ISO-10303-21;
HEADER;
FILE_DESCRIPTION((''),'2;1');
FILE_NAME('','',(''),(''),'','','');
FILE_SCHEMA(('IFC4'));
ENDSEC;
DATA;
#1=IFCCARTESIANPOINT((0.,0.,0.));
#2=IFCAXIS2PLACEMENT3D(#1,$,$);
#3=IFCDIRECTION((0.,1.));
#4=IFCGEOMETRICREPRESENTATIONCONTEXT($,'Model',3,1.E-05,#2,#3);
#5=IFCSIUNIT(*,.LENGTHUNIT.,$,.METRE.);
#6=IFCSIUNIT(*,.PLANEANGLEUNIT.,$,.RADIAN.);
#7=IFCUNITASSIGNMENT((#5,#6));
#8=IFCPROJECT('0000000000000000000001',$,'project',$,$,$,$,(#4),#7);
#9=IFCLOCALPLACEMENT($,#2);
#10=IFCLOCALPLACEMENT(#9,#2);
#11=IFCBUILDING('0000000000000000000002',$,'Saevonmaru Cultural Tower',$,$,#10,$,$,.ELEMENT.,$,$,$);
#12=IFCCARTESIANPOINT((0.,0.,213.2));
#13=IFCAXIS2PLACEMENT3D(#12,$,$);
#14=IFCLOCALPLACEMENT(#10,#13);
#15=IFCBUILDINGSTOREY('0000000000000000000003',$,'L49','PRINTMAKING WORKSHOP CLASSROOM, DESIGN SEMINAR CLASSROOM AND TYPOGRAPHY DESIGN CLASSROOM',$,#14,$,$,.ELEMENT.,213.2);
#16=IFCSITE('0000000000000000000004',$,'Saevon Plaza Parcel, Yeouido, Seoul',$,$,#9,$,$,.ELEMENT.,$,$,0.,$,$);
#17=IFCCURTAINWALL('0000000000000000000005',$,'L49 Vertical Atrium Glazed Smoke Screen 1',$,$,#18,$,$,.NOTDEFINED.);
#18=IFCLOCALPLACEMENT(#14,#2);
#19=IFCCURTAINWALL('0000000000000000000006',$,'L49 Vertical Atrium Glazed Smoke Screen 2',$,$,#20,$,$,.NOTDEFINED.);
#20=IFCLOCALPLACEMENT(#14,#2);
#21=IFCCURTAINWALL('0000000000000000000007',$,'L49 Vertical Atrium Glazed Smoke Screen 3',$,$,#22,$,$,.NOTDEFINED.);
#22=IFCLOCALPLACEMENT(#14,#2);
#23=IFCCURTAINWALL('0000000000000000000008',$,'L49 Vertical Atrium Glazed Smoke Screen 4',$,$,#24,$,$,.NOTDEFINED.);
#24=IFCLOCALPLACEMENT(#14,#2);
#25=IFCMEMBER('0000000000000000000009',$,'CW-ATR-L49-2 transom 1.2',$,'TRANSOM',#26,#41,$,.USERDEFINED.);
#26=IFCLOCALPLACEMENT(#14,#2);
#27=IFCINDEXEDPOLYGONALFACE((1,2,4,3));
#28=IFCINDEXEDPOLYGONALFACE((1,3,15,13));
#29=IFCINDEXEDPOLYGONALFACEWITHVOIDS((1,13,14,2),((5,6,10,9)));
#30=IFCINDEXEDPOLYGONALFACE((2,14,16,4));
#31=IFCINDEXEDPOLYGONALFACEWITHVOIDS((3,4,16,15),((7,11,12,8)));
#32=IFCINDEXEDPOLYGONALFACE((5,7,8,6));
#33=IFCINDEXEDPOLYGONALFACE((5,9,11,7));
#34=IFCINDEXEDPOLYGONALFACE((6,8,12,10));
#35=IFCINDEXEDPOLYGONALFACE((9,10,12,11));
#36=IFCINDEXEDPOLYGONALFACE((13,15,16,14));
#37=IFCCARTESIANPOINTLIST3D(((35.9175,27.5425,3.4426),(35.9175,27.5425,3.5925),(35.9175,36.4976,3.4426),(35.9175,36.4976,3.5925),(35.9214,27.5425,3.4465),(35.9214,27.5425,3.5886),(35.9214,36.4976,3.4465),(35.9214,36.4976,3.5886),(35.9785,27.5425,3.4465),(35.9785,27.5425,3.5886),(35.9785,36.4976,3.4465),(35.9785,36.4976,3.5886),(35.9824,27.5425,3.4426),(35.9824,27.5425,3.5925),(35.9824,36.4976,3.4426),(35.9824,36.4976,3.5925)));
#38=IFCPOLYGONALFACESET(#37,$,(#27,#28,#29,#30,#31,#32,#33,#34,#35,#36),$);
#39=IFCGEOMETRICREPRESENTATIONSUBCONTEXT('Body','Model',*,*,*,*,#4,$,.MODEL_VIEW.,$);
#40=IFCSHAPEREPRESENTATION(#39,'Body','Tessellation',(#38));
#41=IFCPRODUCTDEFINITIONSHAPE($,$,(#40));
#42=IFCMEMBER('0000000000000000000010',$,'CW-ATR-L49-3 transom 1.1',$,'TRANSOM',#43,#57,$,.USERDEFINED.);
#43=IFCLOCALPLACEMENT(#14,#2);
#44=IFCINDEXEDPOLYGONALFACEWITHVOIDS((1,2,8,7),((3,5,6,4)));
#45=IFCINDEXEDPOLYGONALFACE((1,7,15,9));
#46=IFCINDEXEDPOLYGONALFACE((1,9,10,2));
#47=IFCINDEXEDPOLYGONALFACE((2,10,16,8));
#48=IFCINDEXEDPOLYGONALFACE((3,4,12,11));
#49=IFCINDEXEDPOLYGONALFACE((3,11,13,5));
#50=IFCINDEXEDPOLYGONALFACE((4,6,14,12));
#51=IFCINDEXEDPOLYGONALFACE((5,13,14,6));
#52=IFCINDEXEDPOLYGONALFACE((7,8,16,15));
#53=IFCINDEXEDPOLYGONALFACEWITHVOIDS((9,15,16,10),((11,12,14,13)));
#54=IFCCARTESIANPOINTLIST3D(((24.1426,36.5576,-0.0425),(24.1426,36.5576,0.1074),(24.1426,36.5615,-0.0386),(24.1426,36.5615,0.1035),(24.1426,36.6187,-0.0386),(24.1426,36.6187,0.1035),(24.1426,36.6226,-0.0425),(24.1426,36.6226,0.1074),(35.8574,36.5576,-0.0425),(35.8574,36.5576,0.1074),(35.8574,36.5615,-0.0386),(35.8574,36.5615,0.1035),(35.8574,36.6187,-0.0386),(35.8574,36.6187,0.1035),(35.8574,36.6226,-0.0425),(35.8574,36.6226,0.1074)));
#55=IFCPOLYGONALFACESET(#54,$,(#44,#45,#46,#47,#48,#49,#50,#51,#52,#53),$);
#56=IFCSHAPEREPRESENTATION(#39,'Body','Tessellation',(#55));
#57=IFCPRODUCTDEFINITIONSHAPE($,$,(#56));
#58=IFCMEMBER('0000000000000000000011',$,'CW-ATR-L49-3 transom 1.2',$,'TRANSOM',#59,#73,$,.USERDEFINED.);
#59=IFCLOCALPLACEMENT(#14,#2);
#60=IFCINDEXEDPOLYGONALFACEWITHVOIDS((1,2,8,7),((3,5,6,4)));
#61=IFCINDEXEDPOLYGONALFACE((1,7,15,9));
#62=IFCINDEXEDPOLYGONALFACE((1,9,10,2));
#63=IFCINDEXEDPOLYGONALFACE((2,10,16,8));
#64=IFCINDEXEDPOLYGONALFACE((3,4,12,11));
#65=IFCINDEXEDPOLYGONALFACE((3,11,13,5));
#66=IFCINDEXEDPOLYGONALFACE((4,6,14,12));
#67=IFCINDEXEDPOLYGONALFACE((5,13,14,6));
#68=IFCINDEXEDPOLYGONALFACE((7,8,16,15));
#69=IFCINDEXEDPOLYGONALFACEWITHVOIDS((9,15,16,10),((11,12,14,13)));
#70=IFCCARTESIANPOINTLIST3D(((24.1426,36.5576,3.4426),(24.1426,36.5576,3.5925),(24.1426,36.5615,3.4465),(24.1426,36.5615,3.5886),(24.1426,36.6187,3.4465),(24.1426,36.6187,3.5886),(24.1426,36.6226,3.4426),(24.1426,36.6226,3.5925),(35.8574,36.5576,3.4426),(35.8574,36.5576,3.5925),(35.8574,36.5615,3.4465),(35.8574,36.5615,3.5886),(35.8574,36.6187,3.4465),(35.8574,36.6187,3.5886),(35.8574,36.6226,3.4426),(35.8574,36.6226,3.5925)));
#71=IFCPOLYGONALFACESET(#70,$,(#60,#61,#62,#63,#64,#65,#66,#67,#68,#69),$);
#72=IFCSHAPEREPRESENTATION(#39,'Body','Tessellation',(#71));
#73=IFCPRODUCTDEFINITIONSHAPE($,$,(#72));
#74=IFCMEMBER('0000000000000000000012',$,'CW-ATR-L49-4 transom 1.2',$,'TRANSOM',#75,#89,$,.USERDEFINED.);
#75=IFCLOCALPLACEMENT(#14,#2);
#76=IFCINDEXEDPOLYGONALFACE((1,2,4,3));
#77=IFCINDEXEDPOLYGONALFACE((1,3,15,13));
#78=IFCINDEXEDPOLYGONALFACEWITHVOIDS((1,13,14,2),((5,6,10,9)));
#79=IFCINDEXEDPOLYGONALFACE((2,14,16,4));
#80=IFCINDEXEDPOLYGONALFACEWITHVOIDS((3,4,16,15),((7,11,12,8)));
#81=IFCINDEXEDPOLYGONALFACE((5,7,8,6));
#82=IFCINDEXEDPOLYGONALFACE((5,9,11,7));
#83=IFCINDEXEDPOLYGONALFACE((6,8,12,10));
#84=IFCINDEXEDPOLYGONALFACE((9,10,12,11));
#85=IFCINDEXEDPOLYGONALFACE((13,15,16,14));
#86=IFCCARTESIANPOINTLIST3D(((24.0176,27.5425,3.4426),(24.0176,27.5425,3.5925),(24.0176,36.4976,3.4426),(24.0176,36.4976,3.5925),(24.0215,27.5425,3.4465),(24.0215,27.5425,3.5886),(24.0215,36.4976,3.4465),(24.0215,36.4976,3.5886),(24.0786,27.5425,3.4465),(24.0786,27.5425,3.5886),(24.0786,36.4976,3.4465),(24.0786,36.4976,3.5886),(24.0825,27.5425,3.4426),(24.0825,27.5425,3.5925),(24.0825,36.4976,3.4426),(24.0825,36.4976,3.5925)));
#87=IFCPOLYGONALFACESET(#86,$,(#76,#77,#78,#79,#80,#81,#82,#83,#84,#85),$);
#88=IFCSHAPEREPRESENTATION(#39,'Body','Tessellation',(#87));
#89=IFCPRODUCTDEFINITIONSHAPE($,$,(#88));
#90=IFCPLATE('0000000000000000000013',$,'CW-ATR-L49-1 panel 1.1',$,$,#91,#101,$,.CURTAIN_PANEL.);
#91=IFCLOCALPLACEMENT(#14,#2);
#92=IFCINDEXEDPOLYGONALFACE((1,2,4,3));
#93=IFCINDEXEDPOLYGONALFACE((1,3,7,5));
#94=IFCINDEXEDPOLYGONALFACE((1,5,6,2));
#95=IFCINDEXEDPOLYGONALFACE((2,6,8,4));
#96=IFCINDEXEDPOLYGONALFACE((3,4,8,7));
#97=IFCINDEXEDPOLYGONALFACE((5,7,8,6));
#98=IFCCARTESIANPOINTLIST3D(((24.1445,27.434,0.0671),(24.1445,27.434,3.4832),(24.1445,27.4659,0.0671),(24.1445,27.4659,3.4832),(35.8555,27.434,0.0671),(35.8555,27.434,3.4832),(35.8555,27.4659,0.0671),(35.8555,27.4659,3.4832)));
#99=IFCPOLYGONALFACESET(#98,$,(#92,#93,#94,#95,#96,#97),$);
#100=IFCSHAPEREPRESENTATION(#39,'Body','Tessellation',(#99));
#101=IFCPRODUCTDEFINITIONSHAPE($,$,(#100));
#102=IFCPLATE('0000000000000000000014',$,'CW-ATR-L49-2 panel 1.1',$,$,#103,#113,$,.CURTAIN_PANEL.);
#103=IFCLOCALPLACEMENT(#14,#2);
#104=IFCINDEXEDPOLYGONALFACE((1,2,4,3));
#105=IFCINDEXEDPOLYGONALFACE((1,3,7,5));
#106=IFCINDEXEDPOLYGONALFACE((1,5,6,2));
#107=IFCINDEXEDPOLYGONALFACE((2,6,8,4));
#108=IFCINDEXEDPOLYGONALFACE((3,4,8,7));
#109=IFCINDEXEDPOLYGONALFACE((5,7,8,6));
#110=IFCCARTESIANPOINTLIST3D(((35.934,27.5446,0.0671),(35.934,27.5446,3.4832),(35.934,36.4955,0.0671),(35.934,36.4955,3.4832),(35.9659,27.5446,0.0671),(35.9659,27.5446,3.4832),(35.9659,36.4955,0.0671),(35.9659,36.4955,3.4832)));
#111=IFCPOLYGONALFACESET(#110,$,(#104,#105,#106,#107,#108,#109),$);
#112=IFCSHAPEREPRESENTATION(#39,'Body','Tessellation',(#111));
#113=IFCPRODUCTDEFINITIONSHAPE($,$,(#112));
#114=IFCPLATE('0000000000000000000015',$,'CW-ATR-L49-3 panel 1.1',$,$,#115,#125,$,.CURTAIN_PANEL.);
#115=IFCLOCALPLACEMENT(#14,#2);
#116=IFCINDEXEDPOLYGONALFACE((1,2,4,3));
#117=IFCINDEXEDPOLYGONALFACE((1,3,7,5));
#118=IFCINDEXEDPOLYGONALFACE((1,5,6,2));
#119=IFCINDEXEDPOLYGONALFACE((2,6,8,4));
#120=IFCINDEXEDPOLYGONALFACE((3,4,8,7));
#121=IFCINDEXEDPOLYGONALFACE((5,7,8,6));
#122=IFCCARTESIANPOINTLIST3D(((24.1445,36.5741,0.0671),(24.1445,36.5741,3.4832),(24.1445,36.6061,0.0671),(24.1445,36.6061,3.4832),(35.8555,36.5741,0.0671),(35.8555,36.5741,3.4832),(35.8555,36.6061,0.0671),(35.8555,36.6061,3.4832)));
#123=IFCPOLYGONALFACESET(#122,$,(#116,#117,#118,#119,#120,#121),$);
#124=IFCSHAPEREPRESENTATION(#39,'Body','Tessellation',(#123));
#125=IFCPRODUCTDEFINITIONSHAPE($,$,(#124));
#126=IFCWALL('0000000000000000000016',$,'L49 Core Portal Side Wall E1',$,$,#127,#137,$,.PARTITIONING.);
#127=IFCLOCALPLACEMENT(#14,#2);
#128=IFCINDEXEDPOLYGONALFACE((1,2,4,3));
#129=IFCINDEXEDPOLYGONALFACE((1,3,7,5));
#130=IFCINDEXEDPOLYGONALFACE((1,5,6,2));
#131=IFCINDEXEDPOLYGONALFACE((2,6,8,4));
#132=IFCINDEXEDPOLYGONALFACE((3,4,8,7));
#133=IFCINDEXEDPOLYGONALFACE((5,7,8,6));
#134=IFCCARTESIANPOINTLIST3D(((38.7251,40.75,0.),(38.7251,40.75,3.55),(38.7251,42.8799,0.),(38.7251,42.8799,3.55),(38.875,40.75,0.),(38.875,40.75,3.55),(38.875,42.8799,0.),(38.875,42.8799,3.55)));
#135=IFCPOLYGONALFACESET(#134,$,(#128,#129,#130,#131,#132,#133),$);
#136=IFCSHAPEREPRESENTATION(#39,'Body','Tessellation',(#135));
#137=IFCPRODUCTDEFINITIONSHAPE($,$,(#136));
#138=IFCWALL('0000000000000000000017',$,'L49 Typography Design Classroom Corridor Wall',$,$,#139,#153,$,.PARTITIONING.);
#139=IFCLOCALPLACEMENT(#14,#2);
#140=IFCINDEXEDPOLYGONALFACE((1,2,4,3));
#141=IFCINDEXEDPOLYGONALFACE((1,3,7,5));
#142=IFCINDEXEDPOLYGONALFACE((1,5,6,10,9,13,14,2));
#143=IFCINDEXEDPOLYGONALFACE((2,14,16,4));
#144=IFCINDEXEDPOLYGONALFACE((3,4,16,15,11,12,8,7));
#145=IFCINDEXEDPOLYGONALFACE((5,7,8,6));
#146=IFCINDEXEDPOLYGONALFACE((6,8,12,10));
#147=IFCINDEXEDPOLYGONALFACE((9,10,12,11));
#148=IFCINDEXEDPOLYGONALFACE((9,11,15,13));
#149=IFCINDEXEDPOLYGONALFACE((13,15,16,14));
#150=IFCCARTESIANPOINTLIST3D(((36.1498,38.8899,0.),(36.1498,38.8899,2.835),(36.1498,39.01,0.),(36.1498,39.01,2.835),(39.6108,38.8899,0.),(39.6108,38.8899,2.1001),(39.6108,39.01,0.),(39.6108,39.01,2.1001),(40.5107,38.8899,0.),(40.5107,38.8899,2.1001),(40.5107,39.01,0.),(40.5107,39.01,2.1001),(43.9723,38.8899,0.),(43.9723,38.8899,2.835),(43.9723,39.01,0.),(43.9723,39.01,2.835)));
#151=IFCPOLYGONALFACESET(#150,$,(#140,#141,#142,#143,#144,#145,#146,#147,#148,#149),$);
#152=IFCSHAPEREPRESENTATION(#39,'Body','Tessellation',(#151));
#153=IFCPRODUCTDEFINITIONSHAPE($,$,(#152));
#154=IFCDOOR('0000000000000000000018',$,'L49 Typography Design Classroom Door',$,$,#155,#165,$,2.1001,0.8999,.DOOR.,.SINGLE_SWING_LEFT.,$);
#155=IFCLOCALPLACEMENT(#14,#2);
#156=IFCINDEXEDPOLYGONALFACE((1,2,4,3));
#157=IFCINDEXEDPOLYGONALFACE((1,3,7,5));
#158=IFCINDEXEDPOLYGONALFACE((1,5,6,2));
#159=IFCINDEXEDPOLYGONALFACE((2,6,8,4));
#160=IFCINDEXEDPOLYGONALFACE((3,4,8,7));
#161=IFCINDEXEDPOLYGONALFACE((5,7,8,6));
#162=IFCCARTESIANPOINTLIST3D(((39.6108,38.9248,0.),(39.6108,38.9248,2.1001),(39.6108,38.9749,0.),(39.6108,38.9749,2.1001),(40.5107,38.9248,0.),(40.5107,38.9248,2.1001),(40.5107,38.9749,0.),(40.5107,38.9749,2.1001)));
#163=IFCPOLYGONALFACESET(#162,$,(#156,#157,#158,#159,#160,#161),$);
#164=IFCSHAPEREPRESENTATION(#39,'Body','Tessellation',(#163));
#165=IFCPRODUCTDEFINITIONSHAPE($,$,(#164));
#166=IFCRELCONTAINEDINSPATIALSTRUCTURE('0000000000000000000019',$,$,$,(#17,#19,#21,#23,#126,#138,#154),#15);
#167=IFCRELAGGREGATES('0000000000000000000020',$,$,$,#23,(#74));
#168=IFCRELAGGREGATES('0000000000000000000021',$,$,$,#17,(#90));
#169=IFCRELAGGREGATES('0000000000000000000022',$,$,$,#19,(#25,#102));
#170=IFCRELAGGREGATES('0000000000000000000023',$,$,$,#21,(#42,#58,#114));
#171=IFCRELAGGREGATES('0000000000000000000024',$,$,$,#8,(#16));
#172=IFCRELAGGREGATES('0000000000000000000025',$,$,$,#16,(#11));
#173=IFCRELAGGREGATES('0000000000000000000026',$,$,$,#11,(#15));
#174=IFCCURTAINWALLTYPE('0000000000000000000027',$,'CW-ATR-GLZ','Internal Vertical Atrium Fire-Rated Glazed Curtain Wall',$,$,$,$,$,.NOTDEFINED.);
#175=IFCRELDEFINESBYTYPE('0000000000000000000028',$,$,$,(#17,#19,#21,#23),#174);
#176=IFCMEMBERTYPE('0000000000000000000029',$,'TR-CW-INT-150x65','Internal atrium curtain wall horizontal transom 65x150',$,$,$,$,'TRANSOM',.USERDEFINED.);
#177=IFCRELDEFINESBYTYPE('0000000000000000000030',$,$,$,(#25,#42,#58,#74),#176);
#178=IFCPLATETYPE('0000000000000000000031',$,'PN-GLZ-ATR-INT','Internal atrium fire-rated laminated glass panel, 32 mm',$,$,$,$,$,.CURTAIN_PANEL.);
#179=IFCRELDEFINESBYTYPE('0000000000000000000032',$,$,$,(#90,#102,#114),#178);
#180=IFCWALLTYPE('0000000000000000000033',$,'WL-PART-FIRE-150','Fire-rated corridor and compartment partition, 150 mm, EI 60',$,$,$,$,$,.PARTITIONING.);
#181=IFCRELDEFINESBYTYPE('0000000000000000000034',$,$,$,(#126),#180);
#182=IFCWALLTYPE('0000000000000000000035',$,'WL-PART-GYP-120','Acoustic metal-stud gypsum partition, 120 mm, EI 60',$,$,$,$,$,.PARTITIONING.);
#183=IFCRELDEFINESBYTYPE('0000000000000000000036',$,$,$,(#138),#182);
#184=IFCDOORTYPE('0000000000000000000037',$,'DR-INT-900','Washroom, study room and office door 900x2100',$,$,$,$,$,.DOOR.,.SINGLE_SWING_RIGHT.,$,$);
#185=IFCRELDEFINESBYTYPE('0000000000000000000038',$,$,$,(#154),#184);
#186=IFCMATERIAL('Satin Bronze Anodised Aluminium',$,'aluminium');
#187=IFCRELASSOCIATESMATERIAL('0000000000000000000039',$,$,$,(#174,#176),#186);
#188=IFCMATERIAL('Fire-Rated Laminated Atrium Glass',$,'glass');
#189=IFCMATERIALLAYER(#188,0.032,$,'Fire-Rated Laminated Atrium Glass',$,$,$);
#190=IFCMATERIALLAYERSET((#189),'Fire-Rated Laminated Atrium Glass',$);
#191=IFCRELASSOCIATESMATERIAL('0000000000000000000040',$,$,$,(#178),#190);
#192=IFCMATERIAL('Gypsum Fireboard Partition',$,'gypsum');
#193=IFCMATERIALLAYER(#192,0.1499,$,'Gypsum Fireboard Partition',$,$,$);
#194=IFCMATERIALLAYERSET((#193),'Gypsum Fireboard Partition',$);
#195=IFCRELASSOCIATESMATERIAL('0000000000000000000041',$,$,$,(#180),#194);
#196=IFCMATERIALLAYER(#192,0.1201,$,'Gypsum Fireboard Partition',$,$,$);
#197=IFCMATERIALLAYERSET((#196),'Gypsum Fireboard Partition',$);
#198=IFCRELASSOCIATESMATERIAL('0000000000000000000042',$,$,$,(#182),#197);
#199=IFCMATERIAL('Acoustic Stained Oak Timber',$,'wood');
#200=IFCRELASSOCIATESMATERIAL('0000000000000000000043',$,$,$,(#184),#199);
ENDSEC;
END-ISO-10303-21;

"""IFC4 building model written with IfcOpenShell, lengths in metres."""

from ifc_helpers import new_model, si_unit, direction, frame, frame_2d, origin, origin_2d, place, context, subcontext, project, spatial, rectangle, hollow_rectangle, extrude, material, layer, layer_set, material_profile, profile_set, type_object, element, fill, aggregate, save


model = new_model("IFC4")

# Units and contexts
model_context = context("Model", 3, precision=1e-05, world=origin(), true_north=direction((0.0, 1.0)))
body_context = subcontext(model_context, "Body", "Model", "MODEL_VIEW")
ifc_project = project(units=[si_unit("LENGTHUNIT", "METRE"), si_unit("PLANEANGLEUNIT", "RADIAN")], contexts=[model_context])

# Site, building, storey
site_placement = place(None, origin())
site = spatial("IfcSite", under=ifc_project, at=site_placement, Name="Saevon Plaza Parcel, Yeouido, Seoul", CompositionType="ELEMENT", RefElevation=0.0)
building_placement = place(site_placement, origin())
building = spatial("IfcBuilding", under=site, at=building_placement, Name="Saevonmaru Cultural Tower", CompositionType="ELEMENT")
storey_placement = place(building_placement, frame((0.0, 0.0, 213.2)))
storey = spatial("IfcBuildingStorey", under=building, at=storey_placement, Name="L49", Description="PRINTMAKING WORKSHOP CLASSROOM, DESIGN SEMINAR CLASSROOM AND TYPOGRAPHY DESIGN CLASSROOM", CompositionType="ELEMENT", Elevation=213.2)

# Shared definitions
ifc_material_1 = material(Name="Satin Bronze Anodised Aluminium", Category="aluminium")

# Curtain walls
curtain_wall_type_1 = type_object("IfcCurtainWallType", Name="CW-ATR-GLZ", Description="Internal Vertical Atrium Fire-Rated Glazed Curtain Wall", PredefinedType="NOTDEFINED", material=ifc_material_1)
curtain_wall_1_placement = place(storey_placement, origin())
curtain_wall_1 = element("IfcCurtainWall", 1, at=curtain_wall_1_placement, inside=storey, type_object=curtain_wall_type_1, Name="L49 Vertical Atrium Glazed Smoke Screen 1", PredefinedType="NOTDEFINED")
curtain_wall_2_placement = place(storey_placement, origin())
curtain_wall_2 = element("IfcCurtainWall", 2, at=curtain_wall_2_placement, inside=storey, type_object=curtain_wall_type_1, Name="L49 Vertical Atrium Glazed Smoke Screen 2", PredefinedType="NOTDEFINED")
curtain_wall_3_placement = place(storey_placement, origin())
curtain_wall_3 = element("IfcCurtainWall", 3, at=curtain_wall_3_placement, inside=storey, type_object=curtain_wall_type_1, Name="L49 Vertical Atrium Glazed Smoke Screen 3", PredefinedType="NOTDEFINED")

# Curtain wall
curtain_wall_4_placement = place(storey_placement, origin())
curtain_wall_4 = element("IfcCurtainWall", 4, at=curtain_wall_4_placement, inside=storey, type_object=curtain_wall_type_1, Name="L49 Vertical Atrium Glazed Smoke Screen 4", PredefinedType="NOTDEFINED")

# Members
ifc_material_profile_1 = material_profile(ifc_material_1, hollow_rectangle(XDim=0.0649, YDim=0.1499, WallThickness=0.0039, at=origin_2d()), Name="ALU-TRAN-150x65x4")
ifc_profile_set_1 = profile_set([ifc_material_profile_1], Name="Satin Bronze Anodised Aluminium")
member_type_1 = type_object("IfcMemberType", Name="TR-CW-INT-150x65", Description="Internal atrium curtain wall horizontal transom 65x150", ElementType="TRANSOM", PredefinedType="USERDEFINED", material=ifc_profile_set_1)
member_1_placement = place(storey_placement, frame((35.95, 27.5425, 3.5176), z_axis=(0.0, 1.0, 0.0), x_axis=(-1.0, 0.0, 0.0)))
member_1 = element("IfcMember", 5, at=member_1_placement, type_object=member_type_1, Name="CW-ATR-L49-2 transom 1.2", ObjectType="TRANSOM", PredefinedType="USERDEFINED", context=body_context, shape_type="SweptSolid", body=[
    extrude(hollow_rectangle(XDim=0.0649, YDim=0.1499, WallThickness=0.0039, at=origin_2d()), origin(), (0.0, 0.0, 1.0), 8.9551),
])
member_2_placement = place(storey_placement, frame((35.8574, 36.5901, 0.0325), z_axis=(-1.0, 0.0, 0.0), x_axis=(0.0, -1.0, 0.0)))
member_2 = element("IfcMember", 6, at=member_2_placement, type_object=member_type_1, Name="CW-ATR-L49-3 transom 1.1", ObjectType="TRANSOM", PredefinedType="USERDEFINED", context=body_context, shape_type="SweptSolid", body=[
    extrude(hollow_rectangle(XDim=0.0649, YDim=0.1499, WallThickness=0.0039, at=origin_2d()), origin(), (0.0, 0.0, 1.0), 11.7148),
])
member_3_placement = place(storey_placement, frame((35.8574, 36.5901, 3.5176), z_axis=(-1.0, 0.0, 0.0), x_axis=(0.0, -1.0, 0.0)))
member_3 = element("IfcMember", 7, at=member_3_placement, type_object=member_type_1, Name="CW-ATR-L49-3 transom 1.2", ObjectType="TRANSOM", PredefinedType="USERDEFINED", context=body_context, shape_type="SweptSolid", body=[
    extrude(hollow_rectangle(XDim=0.0649, YDim=0.1499, WallThickness=0.0039, at=origin_2d()), origin(), (0.0, 0.0, 1.0), 11.7148),
])
member_4_placement = place(storey_placement, frame((24.05, 36.4976, 3.5176), z_axis=(0.0, -1.0, 0.0), x_axis=(1.0, 0.0, 0.0)))
member_4 = element("IfcMember", 8, at=member_4_placement, type_object=member_type_1, Name="CW-ATR-L49-4 transom 1.2", ObjectType="TRANSOM", PredefinedType="USERDEFINED", context=body_context, shape_type="SweptSolid", body=[
    extrude(hollow_rectangle(XDim=0.0649, YDim=0.1499, WallThickness=0.0039, at=origin_2d()), origin(), (0.0, 0.0, 1.0), 8.9551),
])
aggregate(curtain_wall_4, [member_4])

# Plates
ifc_material_2 = material(Name="Fire-Rated Laminated Atrium Glass", Category="glass")
ifc_layer_1 = layer(ifc_material_2, 0.032, Name="Fire-Rated Laminated Atrium Glass")
ifc_layer_set_1 = layer_set([ifc_layer_1], Name="Fire-Rated Laminated Atrium Glass")
plate_type = type_object("IfcPlateType", Name="PN-GLZ-ATR-INT", Description="Internal atrium fire-rated laminated glass panel, 32 mm", PredefinedType="CURTAIN_PANEL", material=ifc_layer_set_1)
plate_1_placement = place(storey_placement, frame((30.0, 27.45, 0.0671), z_axis=(0.0, 0.0, 1.0), x_axis=(1.0, 0.0, 0.0)))
plate_1 = element("IfcPlate", 9, at=plate_1_placement, type_object=plate_type, Name="CW-ATR-L49-1 panel 1.1", PredefinedType="CURTAIN_PANEL", context=body_context, shape_type="SweptSolid", body=[
    extrude(rectangle(XDim=11.7109, YDim=0.032, at=origin_2d()), origin(), (0.0, 0.0, 1.0), 3.416),
])
aggregate(curtain_wall_1, [plate_1])
plate_2_placement = place(storey_placement, frame((35.95, 32.02, 0.0671), z_axis=(0.0, 0.0, 1.0), x_axis=(0.0, 1.0, 0.0)))
plate_2 = element("IfcPlate", 10, at=plate_2_placement, type_object=plate_type, Name="CW-ATR-L49-2 panel 1.1", PredefinedType="CURTAIN_PANEL", context=body_context, shape_type="SweptSolid", body=[
    extrude(rectangle(XDim=8.9509, YDim=0.032, at=origin_2d()), origin(), (0.0, 0.0, 1.0), 3.416),
])
aggregate(curtain_wall_2, [member_1, plate_2])
plate_3_placement = place(storey_placement, frame((30.0, 36.5901, 0.0671), z_axis=(0.0, 0.0, 1.0), x_axis=(-1.0, 0.0, 0.0)))
plate_3 = element("IfcPlate", 11, at=plate_3_placement, type_object=plate_type, Name="CW-ATR-L49-3 panel 1.1", PredefinedType="CURTAIN_PANEL", context=body_context, shape_type="SweptSolid", body=[
    extrude(rectangle(XDim=11.7109, YDim=0.032, at=origin_2d()), origin(), (0.0, 0.0, 1.0), 3.416),
])
aggregate(curtain_wall_3, [member_2, member_3, plate_3])

# Wall
ifc_material_3 = material(Name="Gypsum Fireboard Partition", Category="gypsum")
ifc_layer_2 = layer(ifc_material_3, 0.1499, Name="Gypsum Fireboard Partition")
ifc_layer_set_2 = layer_set([ifc_layer_2], Name="Gypsum Fireboard Partition")
wall_type_1 = type_object("IfcWallType", Name="WL-PART-FIRE-150", Description="Fire-rated corridor and compartment partition, 150 mm, EI 60", PredefinedType="PARTITIONING", material=ifc_layer_set_2)
wall_1_placement = place(storey_placement, frame((38.8, 40.75, 0.0), z_axis=(0.0, 0.0, 1.0), x_axis=(0.0, 1.0, 0.0)))
element("IfcWall", 12, at=wall_1_placement, inside=storey, type_object=wall_type_1, Name="L49 Core Portal Side Wall E1", PredefinedType="PARTITIONING", context=body_context, shape_type="SweptSolid", body=[
    extrude(rectangle(XDim=2.1299, YDim=0.1499, at=frame_2d((1.0649, 0.0))), origin(), (0.0, 0.0, 1.0), 3.55),
])

# Wall, opening, door
ifc_layer_3 = layer(ifc_material_3, 0.1201, Name="Gypsum Fireboard Partition")
ifc_layer_set_3 = layer_set([ifc_layer_3], Name="Gypsum Fireboard Partition")
wall_type_2 = type_object("IfcWallType", Name="WL-PART-GYP-120", Description="Acoustic metal-stud gypsum partition, 120 mm, EI 60", PredefinedType="PARTITIONING", material=ifc_layer_set_3)
wall_2_placement = place(storey_placement, frame((36.1499, 38.95, 0.0), z_axis=(0.0, 0.0, 1.0), x_axis=(1.0, 0.0, 0.0)))
wall_2 = element("IfcWall", 13, at=wall_2_placement, inside=storey, type_object=wall_type_2, Name="L49 Typography Design Classroom Corridor Wall", PredefinedType="PARTITIONING", context=body_context, shape_type="SweptSolid", body=[
    extrude(rectangle(XDim=7.8225, YDim=0.1201, at=frame_2d((3.9111, 0.0))), origin(), (0.0, 0.0, 1.0), 2.835),
])
opening_placement = place(wall_2_placement, frame((3.4609, 0.0, 0.0)))
opening = element("IfcOpeningElement", 14, at=opening_placement, cuts=wall_2, PredefinedType="OPENING", context=body_context, shape_type="SweptSolid", body=[
    extrude(rectangle(XDim=0.8999, YDim=2.1001, at=frame_2d((0.45, 1.05))), frame((0.0, 0.0701, 0.0), z_axis=(0.0, -1.0, 0.0), x_axis=(1.0, 0.0, 0.0)), (0.0, 0.0, 1.0), 0.1401),
])
ifc_material_4 = material(Name="Acoustic Stained Oak Timber", Category="wood")
door_type = type_object("IfcDoorType", Name="DR-INT-900", Description="Washroom, study room and office door 900x2100", OperationType="SINGLE_SWING_RIGHT", PredefinedType="DOOR", material=ifc_material_4)
door_placement = place(opening_placement, origin())
door = element("IfcDoor", 15, at=door_placement, inside=storey, type_object=door_type, Name="L49 Typography Design Classroom Door", OperationType="SINGLE_SWING_LEFT", OverallHeight=2.1001, OverallWidth=0.8999, PredefinedType="DOOR", context=body_context, shape_type="SweptSolid", body=[
    extrude(rectangle(XDim=0.8999, YDim=2.1001, at=frame_2d((0.45, 1.05))), frame((0.0, 0.0249, 0.0), z_axis=(0.0, -1.0, 0.0), x_axis=(1.0, 0.0, 0.0)), (0.0, 0.0, 1.0), 0.05),
])
fill(opening, door)

save(model, "model.ifc")
